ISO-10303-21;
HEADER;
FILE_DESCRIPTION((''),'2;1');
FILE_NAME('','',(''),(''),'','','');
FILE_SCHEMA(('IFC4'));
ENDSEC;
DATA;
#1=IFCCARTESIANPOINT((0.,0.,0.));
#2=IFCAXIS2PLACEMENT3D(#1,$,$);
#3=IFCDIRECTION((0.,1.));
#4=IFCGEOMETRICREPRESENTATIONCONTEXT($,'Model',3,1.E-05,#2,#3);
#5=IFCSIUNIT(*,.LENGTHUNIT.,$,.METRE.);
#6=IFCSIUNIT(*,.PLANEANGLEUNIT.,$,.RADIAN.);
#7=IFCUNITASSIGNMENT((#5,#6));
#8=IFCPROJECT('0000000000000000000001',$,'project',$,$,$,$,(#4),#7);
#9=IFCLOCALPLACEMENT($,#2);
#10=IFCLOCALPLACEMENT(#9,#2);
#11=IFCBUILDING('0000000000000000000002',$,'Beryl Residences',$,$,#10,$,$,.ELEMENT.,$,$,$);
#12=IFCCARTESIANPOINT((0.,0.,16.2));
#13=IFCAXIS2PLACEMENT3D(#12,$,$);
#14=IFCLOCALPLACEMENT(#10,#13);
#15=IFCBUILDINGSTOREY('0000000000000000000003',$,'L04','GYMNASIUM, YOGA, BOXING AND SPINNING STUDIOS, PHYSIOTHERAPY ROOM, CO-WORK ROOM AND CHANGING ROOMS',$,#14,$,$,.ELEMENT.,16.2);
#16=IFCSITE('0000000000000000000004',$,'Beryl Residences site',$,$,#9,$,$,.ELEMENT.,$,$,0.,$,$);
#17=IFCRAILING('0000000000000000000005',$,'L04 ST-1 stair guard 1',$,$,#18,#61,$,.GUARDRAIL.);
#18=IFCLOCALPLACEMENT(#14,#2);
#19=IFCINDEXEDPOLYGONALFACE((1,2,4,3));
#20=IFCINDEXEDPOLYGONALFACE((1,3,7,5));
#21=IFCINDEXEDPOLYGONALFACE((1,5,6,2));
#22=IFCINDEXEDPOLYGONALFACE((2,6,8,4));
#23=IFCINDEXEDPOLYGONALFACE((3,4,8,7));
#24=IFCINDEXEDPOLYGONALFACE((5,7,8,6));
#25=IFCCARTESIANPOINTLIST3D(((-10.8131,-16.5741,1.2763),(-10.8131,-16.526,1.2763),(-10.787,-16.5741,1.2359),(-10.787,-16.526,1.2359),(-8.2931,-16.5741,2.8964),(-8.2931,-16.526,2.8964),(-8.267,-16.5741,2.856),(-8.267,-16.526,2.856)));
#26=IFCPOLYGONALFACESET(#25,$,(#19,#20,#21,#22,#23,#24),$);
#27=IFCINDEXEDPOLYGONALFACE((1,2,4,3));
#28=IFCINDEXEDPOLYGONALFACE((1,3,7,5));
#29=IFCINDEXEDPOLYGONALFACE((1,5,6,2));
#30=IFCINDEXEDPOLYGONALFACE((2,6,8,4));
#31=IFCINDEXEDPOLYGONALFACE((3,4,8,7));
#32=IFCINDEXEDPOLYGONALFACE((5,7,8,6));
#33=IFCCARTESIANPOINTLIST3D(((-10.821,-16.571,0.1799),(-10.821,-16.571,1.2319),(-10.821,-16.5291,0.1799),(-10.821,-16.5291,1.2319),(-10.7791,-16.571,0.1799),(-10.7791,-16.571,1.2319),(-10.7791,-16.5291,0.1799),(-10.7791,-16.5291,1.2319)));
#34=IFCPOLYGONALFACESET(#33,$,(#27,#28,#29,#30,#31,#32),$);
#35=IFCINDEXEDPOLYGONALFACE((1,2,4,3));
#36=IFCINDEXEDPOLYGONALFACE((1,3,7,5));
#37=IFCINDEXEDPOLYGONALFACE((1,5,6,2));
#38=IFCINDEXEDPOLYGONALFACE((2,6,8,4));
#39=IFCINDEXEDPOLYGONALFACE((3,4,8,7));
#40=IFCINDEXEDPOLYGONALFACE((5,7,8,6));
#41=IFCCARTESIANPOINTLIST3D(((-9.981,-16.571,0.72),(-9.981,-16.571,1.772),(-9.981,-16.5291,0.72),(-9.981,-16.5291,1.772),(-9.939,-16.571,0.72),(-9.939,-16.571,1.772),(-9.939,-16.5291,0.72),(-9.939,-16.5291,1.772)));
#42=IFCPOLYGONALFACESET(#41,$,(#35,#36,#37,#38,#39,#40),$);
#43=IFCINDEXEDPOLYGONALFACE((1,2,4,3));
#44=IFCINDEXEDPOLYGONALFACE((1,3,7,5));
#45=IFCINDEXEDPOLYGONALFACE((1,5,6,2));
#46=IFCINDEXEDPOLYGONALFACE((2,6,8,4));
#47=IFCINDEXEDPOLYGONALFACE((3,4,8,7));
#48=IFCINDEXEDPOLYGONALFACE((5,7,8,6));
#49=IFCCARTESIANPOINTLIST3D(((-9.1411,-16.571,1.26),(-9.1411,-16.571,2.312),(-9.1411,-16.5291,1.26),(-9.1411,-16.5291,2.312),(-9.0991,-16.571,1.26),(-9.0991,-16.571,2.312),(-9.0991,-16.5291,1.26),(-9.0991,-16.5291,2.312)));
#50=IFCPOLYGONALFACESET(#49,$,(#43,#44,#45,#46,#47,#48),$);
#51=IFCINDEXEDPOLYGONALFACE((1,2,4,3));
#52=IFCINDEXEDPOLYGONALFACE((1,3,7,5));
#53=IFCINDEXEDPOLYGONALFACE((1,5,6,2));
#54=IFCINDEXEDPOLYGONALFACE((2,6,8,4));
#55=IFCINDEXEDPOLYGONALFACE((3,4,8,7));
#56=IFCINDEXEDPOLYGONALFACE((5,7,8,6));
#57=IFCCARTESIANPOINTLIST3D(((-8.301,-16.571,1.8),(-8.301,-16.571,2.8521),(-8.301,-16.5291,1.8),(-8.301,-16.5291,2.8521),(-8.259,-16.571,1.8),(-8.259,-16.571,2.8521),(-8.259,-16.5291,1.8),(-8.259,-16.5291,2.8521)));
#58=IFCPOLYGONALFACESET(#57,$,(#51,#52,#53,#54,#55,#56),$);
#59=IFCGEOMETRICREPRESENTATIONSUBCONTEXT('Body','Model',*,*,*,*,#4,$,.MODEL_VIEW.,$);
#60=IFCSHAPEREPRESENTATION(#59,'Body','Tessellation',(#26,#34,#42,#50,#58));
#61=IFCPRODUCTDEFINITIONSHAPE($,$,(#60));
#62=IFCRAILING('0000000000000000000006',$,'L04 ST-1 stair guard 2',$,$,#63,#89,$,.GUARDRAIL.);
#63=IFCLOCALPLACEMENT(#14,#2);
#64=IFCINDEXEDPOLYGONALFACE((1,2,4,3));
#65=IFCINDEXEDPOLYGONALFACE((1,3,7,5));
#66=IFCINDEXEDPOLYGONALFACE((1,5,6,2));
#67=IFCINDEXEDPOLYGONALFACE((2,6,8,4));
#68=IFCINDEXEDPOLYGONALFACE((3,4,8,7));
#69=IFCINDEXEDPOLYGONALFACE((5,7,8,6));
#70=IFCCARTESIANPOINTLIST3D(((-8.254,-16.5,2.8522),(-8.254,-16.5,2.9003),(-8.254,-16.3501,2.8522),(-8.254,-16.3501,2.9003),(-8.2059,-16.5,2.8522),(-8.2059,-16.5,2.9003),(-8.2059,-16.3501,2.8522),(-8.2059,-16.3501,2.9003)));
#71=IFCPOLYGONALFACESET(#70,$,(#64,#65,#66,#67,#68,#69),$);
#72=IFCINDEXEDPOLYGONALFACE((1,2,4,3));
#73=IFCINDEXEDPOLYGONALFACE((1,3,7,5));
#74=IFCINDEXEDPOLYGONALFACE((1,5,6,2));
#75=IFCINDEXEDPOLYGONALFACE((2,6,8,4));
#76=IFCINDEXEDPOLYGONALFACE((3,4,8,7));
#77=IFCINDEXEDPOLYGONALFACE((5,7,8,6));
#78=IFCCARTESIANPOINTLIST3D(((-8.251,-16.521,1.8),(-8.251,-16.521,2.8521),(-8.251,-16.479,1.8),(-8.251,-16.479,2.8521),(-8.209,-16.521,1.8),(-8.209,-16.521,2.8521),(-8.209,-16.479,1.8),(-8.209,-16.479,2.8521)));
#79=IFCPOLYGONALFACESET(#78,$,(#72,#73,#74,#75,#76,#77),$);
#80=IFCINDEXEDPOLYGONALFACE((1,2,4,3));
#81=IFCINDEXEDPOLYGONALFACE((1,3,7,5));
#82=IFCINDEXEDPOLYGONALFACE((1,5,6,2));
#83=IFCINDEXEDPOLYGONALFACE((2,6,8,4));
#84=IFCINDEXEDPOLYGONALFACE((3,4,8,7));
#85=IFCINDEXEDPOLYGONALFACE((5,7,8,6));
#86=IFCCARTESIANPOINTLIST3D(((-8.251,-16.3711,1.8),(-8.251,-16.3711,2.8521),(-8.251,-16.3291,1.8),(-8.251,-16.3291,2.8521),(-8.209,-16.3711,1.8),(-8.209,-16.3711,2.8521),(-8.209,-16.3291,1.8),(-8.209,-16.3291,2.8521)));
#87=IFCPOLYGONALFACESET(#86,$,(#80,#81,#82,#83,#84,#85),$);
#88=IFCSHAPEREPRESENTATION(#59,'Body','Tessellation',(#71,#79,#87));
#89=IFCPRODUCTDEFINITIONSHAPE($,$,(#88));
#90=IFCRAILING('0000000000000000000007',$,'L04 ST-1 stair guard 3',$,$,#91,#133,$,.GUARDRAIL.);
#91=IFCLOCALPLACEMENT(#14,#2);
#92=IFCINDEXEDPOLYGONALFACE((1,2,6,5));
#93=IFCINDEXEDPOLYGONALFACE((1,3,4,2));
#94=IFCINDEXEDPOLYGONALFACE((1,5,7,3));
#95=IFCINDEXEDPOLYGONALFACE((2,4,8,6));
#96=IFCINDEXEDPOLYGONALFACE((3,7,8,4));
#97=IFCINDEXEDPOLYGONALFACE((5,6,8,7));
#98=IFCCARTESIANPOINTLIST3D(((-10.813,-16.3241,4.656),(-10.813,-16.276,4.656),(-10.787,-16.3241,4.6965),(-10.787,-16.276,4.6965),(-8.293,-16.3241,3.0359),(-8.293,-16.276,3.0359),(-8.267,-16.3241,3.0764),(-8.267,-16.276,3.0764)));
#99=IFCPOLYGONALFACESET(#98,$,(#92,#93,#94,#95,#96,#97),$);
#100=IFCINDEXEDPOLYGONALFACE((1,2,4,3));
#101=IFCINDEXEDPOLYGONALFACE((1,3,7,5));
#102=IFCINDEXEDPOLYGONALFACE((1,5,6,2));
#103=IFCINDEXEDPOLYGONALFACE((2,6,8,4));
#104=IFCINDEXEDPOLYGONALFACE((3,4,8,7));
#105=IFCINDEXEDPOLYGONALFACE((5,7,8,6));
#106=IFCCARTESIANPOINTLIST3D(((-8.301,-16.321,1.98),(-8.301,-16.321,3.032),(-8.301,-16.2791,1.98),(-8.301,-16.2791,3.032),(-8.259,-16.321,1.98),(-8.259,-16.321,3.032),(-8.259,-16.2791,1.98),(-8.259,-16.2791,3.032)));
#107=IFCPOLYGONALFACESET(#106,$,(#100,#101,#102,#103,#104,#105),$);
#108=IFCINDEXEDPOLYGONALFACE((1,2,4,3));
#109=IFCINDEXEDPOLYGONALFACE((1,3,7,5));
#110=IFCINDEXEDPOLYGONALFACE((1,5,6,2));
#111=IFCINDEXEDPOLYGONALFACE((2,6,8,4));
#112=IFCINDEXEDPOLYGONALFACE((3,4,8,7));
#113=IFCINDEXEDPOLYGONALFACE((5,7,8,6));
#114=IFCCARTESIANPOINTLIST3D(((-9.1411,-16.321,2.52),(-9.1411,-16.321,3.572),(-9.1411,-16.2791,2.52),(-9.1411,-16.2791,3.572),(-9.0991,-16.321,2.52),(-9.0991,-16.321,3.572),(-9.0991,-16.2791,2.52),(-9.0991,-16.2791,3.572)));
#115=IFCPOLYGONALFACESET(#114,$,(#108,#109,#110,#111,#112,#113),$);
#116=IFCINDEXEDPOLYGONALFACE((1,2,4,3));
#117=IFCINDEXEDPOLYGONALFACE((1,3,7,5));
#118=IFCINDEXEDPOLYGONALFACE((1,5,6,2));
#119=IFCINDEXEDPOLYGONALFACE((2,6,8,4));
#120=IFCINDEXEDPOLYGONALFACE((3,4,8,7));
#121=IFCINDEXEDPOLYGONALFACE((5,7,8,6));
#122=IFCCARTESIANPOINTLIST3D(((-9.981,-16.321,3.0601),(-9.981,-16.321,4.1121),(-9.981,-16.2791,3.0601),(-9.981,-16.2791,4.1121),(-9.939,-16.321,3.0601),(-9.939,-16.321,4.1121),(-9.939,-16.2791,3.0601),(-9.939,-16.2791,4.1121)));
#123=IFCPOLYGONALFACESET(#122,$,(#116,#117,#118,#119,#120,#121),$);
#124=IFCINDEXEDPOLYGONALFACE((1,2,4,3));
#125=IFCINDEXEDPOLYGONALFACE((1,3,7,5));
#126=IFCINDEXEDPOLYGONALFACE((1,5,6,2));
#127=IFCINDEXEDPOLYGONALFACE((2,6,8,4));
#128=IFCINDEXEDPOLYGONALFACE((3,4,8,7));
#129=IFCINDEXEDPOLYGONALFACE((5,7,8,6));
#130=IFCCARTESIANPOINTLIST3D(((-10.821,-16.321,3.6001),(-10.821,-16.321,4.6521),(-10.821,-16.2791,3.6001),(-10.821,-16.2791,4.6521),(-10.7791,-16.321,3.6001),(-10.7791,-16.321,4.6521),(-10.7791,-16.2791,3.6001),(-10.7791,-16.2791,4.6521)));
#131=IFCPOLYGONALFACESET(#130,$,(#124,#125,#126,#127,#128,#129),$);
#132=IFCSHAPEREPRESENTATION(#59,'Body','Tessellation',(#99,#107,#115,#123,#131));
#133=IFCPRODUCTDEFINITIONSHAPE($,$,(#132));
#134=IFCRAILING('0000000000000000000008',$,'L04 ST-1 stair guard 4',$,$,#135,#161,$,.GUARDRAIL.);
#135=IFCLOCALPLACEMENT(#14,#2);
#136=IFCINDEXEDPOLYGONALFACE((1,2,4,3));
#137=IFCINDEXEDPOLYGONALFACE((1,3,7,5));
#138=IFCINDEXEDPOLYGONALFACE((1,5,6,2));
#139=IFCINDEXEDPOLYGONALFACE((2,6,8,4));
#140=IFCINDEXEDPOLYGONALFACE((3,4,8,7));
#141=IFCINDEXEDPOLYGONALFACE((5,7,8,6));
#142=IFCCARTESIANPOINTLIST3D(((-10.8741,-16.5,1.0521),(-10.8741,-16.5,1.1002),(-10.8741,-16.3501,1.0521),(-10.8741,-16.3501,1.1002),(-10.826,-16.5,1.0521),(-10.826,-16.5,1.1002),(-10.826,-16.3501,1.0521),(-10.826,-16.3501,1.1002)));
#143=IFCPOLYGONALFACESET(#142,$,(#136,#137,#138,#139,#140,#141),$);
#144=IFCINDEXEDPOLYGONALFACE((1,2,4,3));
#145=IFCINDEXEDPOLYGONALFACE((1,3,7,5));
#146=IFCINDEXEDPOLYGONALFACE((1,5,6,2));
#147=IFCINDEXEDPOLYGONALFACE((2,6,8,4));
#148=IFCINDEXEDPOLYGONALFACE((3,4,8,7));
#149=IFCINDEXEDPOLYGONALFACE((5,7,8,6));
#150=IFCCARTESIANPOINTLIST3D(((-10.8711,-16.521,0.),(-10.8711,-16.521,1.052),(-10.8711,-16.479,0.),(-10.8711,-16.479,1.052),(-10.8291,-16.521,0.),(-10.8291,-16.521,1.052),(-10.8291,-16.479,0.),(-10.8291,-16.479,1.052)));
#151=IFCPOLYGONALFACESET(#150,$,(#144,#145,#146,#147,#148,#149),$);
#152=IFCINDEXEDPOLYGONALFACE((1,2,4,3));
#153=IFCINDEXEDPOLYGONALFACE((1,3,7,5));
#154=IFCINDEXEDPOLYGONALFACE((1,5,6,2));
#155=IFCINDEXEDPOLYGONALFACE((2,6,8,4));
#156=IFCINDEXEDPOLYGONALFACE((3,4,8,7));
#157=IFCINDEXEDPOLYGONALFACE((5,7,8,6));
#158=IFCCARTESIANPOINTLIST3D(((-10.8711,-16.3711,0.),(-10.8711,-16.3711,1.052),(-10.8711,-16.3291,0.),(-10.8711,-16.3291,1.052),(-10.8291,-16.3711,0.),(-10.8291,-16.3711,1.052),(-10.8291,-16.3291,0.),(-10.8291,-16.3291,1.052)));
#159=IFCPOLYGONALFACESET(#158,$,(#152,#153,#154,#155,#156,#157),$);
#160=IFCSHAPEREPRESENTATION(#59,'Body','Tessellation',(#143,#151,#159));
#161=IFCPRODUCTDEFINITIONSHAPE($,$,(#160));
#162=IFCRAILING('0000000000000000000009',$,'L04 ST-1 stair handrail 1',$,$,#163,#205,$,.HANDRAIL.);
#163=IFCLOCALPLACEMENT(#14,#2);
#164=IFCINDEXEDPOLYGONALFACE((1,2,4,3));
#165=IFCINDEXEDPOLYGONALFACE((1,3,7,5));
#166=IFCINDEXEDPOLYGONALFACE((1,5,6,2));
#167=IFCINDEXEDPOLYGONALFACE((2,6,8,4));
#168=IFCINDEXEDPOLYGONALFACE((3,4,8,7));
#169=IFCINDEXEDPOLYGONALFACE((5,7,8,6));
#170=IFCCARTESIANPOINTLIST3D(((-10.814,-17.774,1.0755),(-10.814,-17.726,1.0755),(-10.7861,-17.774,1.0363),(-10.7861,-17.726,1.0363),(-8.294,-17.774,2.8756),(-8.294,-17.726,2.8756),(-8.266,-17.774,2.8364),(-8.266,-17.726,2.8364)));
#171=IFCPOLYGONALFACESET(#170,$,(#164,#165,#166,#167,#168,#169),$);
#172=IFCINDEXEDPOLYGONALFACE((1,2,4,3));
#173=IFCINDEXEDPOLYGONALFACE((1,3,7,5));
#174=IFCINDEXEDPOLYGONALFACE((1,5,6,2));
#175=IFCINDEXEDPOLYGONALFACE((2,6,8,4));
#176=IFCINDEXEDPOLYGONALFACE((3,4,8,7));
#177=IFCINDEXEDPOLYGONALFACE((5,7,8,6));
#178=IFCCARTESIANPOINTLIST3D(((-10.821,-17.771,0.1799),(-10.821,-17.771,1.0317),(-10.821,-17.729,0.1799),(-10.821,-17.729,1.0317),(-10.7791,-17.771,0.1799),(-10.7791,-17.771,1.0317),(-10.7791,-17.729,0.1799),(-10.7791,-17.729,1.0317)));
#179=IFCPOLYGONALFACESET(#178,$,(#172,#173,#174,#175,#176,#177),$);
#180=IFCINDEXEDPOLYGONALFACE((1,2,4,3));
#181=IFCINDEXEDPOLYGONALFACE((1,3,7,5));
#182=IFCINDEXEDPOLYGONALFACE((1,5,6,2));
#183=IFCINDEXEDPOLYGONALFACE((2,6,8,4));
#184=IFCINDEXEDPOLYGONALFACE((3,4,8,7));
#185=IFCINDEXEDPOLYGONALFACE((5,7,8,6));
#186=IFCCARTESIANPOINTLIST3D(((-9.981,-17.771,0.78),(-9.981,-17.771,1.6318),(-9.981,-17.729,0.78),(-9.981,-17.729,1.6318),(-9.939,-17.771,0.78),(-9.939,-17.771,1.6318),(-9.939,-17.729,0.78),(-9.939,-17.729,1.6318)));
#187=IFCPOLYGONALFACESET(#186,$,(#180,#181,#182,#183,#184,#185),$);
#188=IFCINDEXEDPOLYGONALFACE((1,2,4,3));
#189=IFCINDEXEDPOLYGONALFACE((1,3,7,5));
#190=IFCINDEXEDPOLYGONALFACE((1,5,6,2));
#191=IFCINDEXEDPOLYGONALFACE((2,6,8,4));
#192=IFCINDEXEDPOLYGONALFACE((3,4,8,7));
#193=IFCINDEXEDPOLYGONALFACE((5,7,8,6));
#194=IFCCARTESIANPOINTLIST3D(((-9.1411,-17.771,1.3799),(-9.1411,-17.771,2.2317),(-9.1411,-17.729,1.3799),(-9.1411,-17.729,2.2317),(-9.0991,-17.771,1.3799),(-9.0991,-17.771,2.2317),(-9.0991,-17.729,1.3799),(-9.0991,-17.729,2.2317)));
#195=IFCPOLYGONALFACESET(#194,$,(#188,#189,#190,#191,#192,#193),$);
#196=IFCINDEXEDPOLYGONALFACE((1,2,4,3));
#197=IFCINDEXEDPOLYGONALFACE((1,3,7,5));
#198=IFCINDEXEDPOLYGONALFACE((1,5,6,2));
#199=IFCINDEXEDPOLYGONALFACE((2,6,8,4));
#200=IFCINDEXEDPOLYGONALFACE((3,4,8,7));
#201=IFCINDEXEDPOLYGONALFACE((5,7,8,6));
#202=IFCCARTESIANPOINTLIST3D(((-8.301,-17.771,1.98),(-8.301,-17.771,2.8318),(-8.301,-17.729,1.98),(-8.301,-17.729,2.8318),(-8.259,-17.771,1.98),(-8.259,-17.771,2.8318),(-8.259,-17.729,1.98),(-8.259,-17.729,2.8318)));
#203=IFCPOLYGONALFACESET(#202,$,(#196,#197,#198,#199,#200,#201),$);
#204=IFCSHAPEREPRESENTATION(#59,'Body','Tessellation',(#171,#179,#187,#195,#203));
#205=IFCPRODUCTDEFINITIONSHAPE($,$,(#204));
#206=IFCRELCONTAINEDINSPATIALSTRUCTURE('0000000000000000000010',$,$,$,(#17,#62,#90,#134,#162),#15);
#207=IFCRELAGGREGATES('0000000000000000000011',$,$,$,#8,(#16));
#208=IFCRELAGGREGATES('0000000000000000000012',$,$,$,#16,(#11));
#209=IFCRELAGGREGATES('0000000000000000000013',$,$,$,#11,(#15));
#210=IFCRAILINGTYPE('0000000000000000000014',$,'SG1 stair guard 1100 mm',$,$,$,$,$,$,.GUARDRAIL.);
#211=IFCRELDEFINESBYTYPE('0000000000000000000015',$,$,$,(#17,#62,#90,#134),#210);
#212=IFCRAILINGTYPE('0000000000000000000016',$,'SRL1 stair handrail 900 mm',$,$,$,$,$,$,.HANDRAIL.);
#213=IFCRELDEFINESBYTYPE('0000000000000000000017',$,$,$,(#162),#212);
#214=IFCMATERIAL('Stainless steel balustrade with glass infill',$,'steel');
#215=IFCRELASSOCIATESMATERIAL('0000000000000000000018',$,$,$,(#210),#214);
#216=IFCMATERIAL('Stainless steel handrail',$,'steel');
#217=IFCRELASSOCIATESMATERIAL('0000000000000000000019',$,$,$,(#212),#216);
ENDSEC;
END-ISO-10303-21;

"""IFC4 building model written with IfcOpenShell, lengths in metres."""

from ifc_helpers import new_model, si_unit, direction, frame, origin, origin_2d, place, context, subcontext, project, spatial, rectangle, extrude, material, type_object, element, save


model = new_model("IFC4")

# Units and contexts
model_context = context("Model", 3, precision=1e-05, world=origin(), true_north=direction((0.0, 1.0)))
body_context = subcontext(model_context, "Body", "Model", "MODEL_VIEW")
ifc_project = project(units=[si_unit("LENGTHUNIT", "METRE"), si_unit("PLANEANGLEUNIT", "RADIAN")], contexts=[model_context])

# Site, building, storey
site_placement = place(None, origin())
site = spatial("IfcSite", under=ifc_project, at=site_placement, Name="Beryl Residences site", CompositionType="ELEMENT", RefElevation=0.0)
building_placement = place(site_placement, origin())
building = spatial("IfcBuilding", under=site, at=building_placement, Name="Beryl Residences", CompositionType="ELEMENT")
storey_placement = place(building_placement, frame((0.0, 0.0, 16.2)))
storey = spatial("IfcBuildingStorey", under=building, at=storey_placement, Name="L04", Description="GYMNASIUM, YOGA, BOXING AND SPINNING STUDIOS, PHYSIOTHERAPY ROOM, CO-WORK ROOM AND CHANGING ROOMS", CompositionType="ELEMENT", Elevation=16.2)

# Railings
ifc_material_1 = material(Name="Stainless steel balustrade with glass infill", Category="steel")
railing_type_1 = type_object("IfcRailingType", Name="SG1 stair guard 1100 mm", PredefinedType="GUARDRAIL", material=ifc_material_1)
railing_1_placement = place(storey_placement, frame((-10.8, -16.55, 0.1799)))
element("IfcRailing", 1, at=railing_1_placement, inside=storey, type_object=railing_type_1, Name="L04 ST-1 stair guard 1", PredefinedType="GUARDRAIL", context=body_context, shape_type="SweptSolid", body=[
    extrude(rectangle(XDim=0.0481, YDim=0.0481, at=origin_2d()), frame((0.0, 0.0, 1.0762), z_axis=(0.841163, 0.0, 0.540782), x_axis=(0.0, 1.0, 0.0)), (0.0, 0.0, 1.0), 2.9958),
    extrude(rectangle(XDim=0.042, YDim=0.042, at=origin_2d()), origin(), (0.0, 0.0, 1.0), 1.052),
    extrude(rectangle(XDim=0.042, YDim=0.042, at=origin_2d()), frame((0.8401, 0.0, 0.54)), (0.0, 0.0, 1.0), 1.052),
    extrude(rectangle(XDim=0.042, YDim=0.042, at=origin_2d()), frame((1.6799, 0.0, 1.0801)), (0.0, 0.0, 1.0), 1.052),
    extrude(rectangle(XDim=0.042, YDim=0.042, at=origin_2d()), frame((2.52, 0.0, 1.6201)), (0.0, 0.0, 1.0), 1.052),
])
railing_2_placement = place(storey_placement, frame((-8.23, -16.5, 1.8)))
element("IfcRailing", 2, at=railing_2_placement, inside=storey, type_object=railing_type_1, Name="L04 ST-1 stair guard 2", PredefinedType="GUARDRAIL", context=body_context, shape_type="SweptSolid", body=[
    extrude(rectangle(XDim=0.0481, YDim=0.0481, at=origin_2d()), frame((0.0, 0.0, 1.0762), z_axis=(0.0, 1.0, 0.0), x_axis=(-1.0, 0.0, 0.0)), (0.0, 0.0, 1.0), 0.1499),
    extrude(rectangle(XDim=0.042, YDim=0.042, at=origin_2d()), origin(), (0.0, 0.0, 1.0), 1.052),
    extrude(rectangle(XDim=0.042, YDim=0.042, at=origin_2d()), frame((0.0, 0.1499, 0.0)), (0.0, 0.0, 1.0), 1.052),
])
railing_3_placement = place(storey_placement, frame((-8.28, -16.3, 1.98)))
element("IfcRailing", 3, at=railing_3_placement, inside=storey, type_object=railing_type_1, Name="L04 ST-1 stair guard 3", PredefinedType="GUARDRAIL", context=body_context, shape_type="SweptSolid", body=[
    extrude(rectangle(XDim=0.0481, YDim=0.0481, at=origin_2d()), frame((0.0, 0.0, 1.0762), z_axis=(-0.841163, 0.0, 0.540782), x_axis=(0.0, -1.0, 0.0)), (0.0, 0.0, 1.0), 2.9958),
    extrude(rectangle(XDim=0.042, YDim=0.042, at=origin_2d()), origin(), (0.0, 0.0, 1.0), 1.052),
    extrude(rectangle(XDim=0.042, YDim=0.042, at=origin_2d()), frame((-0.8401, 0.0, 0.54)), (0.0, 0.0, 1.0), 1.052),
    extrude(rectangle(XDim=0.042, YDim=0.042, at=origin_2d()), frame((-1.6799, 0.0, 1.0801)), (0.0, 0.0, 1.0), 1.052),
    extrude(rectangle(XDim=0.042, YDim=0.042, at=origin_2d()), frame((-2.52, 0.0, 1.6201)), (0.0, 0.0, 1.0), 1.052),
])
railing_4_placement = place(storey_placement, frame((-10.8501, -16.5, 0.0)))
element("IfcRailing", 4, at=railing_4_placement, inside=storey, type_object=railing_type_1, Name="L04 ST-1 stair guard 4", PredefinedType="GUARDRAIL", context=body_context, shape_type="SweptSolid", body=[
    extrude(rectangle(XDim=0.0481, YDim=0.0481, at=origin_2d()), frame((0.0, 0.0, 1.0762), z_axis=(0.0, 1.0, 0.0), x_axis=(-1.0, 0.0, 0.0)), (0.0, 0.0, 1.0), 0.1499),
    extrude(rectangle(XDim=0.042, YDim=0.042, at=origin_2d()), origin(), (0.0, 0.0, 1.0), 1.052),
    extrude(rectangle(XDim=0.042, YDim=0.042, at=origin_2d()), frame((0.0, 0.1499, 0.0)), (0.0, 0.0, 1.0), 1.052),
])
ifc_material_2 = material(Name="Stainless steel handrail", Category="steel")
railing_type_2 = type_object("IfcRailingType", Name="SRL1 stair handrail 900 mm", PredefinedType="HANDRAIL", material=ifc_material_2)
railing_5_placement = place(storey_placement, frame((-10.8, -17.75, 0.1799)))
element("IfcRailing", 5, at=railing_5_placement, inside=storey, type_object=railing_type_2, Name="L04 ST-1 stair handrail 1", PredefinedType="HANDRAIL", context=body_context, shape_type="SweptSolid", body=[
    extrude(rectangle(XDim=0.0481, YDim=0.0481, at=origin_2d()), frame((0.0, 0.0, 0.876), z_axis=(0.813728, 0.0, 0.581246), x_axis=(0.0, 1.0, 0.0)), (0.0, 0.0, 1.0), 3.0969),
    extrude(rectangle(XDim=0.042, YDim=0.042, at=origin_2d()), origin(), (0.0, 0.0, 1.0), 0.8518),
    extrude(rectangle(XDim=0.042, YDim=0.042, at=origin_2d()), frame((0.8401, 0.0, 0.6001)), (0.0, 0.0, 1.0), 0.8518),
    extrude(rectangle(XDim=0.042, YDim=0.042, at=origin_2d()), frame((1.6799, 0.0, 1.2)), (0.0, 0.0, 1.0), 0.8518),
    extrude(rectangle(XDim=0.042, YDim=0.042, at=origin_2d()), frame((2.52, 0.0, 1.8)), (0.0, 0.0, 1.0), 0.8518),
])

save(model, "model.ifc")
